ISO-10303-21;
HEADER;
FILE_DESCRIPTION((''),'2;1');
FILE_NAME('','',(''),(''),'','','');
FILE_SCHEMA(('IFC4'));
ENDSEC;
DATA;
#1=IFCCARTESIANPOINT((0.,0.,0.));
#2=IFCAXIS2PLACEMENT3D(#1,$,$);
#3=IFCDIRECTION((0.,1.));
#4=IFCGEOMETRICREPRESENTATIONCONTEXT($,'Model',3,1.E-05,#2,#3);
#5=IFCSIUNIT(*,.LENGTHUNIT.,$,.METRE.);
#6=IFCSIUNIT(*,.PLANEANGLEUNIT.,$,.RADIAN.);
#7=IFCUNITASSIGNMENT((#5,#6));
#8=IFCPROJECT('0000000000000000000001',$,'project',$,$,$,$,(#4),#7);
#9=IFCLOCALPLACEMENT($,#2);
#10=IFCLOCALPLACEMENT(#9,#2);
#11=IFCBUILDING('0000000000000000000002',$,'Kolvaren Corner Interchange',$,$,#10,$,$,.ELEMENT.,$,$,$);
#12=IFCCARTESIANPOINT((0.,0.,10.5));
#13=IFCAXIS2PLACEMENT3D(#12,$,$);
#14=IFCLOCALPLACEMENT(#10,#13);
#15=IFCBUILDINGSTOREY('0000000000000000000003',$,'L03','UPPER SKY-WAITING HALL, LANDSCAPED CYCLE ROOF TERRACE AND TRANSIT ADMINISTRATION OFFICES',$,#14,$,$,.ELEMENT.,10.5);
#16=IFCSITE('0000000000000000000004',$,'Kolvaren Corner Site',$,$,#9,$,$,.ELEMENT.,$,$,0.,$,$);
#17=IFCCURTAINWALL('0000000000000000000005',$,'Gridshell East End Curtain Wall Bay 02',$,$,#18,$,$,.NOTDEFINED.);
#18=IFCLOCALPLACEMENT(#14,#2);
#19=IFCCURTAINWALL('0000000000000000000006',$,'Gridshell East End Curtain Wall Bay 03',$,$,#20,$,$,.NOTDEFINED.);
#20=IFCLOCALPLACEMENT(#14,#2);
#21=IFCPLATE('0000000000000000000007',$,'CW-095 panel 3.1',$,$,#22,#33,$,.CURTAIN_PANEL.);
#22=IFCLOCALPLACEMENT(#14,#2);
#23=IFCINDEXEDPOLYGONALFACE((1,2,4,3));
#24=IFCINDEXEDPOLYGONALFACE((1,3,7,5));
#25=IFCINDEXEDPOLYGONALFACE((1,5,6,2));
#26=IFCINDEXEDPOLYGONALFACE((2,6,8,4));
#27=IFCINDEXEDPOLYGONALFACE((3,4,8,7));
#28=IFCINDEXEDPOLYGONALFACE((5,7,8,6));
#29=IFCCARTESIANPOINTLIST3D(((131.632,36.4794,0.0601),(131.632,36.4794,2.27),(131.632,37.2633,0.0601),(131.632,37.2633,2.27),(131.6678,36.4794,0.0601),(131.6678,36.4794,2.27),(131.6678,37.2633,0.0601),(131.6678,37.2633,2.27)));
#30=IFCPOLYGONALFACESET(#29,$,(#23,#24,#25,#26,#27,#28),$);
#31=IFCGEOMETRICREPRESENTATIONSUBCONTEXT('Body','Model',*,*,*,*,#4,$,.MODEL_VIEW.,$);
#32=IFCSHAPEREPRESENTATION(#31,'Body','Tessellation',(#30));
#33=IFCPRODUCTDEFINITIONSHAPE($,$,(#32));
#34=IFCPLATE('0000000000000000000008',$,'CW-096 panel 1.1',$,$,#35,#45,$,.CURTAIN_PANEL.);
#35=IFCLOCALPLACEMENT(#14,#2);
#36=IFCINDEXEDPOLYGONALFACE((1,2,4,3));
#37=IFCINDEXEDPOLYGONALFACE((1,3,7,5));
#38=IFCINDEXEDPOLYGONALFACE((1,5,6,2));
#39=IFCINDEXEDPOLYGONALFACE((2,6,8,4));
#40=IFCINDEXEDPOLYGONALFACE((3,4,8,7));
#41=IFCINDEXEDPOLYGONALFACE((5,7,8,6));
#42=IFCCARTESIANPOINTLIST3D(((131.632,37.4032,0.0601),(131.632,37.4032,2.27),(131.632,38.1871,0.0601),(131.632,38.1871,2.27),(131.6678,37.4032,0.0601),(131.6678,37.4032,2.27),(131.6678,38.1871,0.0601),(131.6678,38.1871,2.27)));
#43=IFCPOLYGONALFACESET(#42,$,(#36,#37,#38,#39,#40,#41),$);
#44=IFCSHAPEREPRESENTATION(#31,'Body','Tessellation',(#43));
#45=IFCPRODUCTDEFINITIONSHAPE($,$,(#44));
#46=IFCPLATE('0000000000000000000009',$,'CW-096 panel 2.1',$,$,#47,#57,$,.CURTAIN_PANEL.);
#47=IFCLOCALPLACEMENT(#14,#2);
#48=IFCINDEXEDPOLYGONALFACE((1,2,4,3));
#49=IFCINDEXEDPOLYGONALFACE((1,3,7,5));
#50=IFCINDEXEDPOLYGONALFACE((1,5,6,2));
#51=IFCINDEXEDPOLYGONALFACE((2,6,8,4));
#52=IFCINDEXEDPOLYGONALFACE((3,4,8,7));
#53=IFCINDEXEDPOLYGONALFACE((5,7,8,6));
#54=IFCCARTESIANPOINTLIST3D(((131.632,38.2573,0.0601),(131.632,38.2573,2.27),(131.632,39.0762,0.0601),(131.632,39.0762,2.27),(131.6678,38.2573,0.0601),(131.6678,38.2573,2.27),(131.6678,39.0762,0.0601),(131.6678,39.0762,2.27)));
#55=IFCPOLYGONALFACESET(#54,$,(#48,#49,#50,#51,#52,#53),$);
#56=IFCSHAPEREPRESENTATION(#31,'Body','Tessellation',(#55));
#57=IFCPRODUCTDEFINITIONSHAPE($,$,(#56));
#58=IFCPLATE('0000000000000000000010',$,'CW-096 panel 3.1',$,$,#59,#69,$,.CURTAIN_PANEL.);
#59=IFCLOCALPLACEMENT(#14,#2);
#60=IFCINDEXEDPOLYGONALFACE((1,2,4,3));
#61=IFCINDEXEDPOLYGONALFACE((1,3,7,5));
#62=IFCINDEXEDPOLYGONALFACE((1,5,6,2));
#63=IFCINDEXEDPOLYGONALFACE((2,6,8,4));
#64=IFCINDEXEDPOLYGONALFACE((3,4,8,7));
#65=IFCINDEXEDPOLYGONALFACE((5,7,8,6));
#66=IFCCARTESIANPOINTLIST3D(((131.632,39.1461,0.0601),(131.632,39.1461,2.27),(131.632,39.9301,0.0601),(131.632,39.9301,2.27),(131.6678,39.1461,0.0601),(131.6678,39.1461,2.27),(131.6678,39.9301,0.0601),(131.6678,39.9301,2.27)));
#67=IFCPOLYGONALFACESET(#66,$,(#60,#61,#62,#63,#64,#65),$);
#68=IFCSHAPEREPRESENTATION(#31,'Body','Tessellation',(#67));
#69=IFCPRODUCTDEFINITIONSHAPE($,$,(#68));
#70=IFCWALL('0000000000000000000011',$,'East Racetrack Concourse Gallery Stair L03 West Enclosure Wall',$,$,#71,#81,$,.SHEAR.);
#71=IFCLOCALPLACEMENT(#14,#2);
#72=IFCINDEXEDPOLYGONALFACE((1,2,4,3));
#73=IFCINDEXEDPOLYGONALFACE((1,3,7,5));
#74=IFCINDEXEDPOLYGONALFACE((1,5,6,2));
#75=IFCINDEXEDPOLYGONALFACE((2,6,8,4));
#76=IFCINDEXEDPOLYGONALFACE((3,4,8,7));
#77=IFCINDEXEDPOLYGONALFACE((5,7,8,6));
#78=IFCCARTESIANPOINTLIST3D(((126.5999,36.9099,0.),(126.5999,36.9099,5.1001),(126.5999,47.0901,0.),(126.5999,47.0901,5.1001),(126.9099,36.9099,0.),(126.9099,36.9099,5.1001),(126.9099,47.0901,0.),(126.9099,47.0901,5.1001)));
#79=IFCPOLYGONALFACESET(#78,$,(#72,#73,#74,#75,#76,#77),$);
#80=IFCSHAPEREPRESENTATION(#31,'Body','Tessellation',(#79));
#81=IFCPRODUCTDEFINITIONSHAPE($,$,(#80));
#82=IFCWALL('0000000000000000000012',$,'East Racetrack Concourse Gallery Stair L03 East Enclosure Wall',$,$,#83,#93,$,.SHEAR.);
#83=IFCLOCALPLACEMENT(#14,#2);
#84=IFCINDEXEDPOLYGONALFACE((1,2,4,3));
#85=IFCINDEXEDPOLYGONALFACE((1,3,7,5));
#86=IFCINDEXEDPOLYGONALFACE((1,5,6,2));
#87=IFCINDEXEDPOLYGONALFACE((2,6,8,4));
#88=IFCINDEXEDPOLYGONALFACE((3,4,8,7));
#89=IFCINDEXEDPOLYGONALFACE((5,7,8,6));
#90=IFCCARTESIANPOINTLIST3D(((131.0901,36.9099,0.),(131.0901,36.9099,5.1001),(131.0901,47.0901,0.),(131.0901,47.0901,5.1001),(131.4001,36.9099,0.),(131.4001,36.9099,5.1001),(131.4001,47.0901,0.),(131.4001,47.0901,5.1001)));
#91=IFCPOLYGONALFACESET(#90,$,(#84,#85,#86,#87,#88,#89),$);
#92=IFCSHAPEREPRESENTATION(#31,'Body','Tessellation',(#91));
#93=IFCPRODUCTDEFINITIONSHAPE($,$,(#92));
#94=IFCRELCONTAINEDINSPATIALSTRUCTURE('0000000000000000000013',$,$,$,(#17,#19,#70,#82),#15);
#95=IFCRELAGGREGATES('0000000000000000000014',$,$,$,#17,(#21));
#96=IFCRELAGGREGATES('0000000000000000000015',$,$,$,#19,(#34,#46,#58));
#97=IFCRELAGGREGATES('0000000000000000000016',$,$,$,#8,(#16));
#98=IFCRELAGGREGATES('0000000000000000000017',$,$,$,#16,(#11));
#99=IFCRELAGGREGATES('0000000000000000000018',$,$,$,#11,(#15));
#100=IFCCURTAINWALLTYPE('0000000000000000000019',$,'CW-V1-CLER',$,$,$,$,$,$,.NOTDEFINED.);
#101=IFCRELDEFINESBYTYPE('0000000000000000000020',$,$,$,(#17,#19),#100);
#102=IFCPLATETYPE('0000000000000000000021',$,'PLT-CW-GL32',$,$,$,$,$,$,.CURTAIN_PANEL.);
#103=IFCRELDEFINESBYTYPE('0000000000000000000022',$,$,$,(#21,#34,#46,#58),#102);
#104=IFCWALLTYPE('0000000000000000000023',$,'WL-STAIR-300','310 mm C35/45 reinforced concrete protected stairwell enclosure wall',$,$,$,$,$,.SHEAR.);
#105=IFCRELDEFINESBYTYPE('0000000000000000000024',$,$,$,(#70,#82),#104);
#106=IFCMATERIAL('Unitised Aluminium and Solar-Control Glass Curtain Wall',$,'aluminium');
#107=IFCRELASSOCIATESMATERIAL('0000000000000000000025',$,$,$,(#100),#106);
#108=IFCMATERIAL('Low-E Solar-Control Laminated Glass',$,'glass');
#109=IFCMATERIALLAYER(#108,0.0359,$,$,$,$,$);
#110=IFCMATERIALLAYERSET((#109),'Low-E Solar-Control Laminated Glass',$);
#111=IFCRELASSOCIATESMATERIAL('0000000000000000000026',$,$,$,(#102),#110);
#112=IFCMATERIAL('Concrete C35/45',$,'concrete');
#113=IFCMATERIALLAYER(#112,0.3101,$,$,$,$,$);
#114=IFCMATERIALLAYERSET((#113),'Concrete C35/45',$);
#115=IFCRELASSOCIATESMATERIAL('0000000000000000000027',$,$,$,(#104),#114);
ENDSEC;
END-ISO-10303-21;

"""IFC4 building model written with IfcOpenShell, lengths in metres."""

from ifc_helpers import new_model, si_unit, direction, frame, frame_2d, origin, origin_2d, place, context, subcontext, project, spatial, rectangle, extrude, material, layer, layer_set, type_object, element, aggregate, save


model = new_model("IFC4")

# Units and contexts
model_context = context("Model", 3, precision=1e-05, world=origin(), true_north=direction((0.0, 1.0)))
body_context = subcontext(model_context, "Body", "Model", "MODEL_VIEW")
ifc_project = project(units=[si_unit("LENGTHUNIT", "METRE"), si_unit("PLANEANGLEUNIT", "RADIAN")], contexts=[model_context])

# Site, building, storey
site_placement = place(None, origin())
site = spatial("IfcSite", under=ifc_project, at=site_placement, Name="Kolvaren Corner Site", CompositionType="ELEMENT", RefElevation=0.0)
building_placement = place(site_placement, origin())
building = spatial("IfcBuilding", under=site, at=building_placement, Name="Kolvaren Corner Interchange", CompositionType="ELEMENT")
storey_placement = place(building_placement, frame((0.0, 0.0, 10.5)))
storey = spatial("IfcBuildingStorey", under=building, at=storey_placement, Name="L03", Description="UPPER SKY-WAITING HALL, LANDSCAPED CYCLE ROOF TERRACE AND TRANSIT ADMINISTRATION OFFICES", CompositionType="ELEMENT", Elevation=10.5)

# Curtain walls
ifc_material_1 = material(Name="Unitised Aluminium and Solar-Control Glass Curtain Wall", Category="aluminium")
curtain_wall_type = type_object("IfcCurtainWallType", Name="CW-V1-CLER", PredefinedType="NOTDEFINED", material=ifc_material_1)
curtain_wall_1_placement = place(storey_placement, origin())
curtain_wall_1 = element("IfcCurtainWall", 1, at=curtain_wall_1_placement, inside=storey, type_object=curtain_wall_type, Name="Gridshell East End Curtain Wall Bay 02", PredefinedType="NOTDEFINED")
curtain_wall_2_placement = place(storey_placement, origin())
curtain_wall_2 = element("IfcCurtainWall", 2, at=curtain_wall_2_placement, inside=storey, type_object=curtain_wall_type, Name="Gridshell East End Curtain Wall Bay 03", PredefinedType="NOTDEFINED")

# Plates
ifc_material_2 = material(Name="Low-E Solar-Control Laminated Glass", Category="glass")
ifc_layer_1 = layer(ifc_material_2, 0.0359)
ifc_layer_set_1 = layer_set([ifc_layer_1], Name="Low-E Solar-Control Laminated Glass")
plate_type = type_object("IfcPlateType", Name="PLT-CW-GL32", PredefinedType="CURTAIN_PANEL", material=ifc_layer_set_1)
plate_1_placement = place(storey_placement, frame((131.6499, 36.8713, 0.0601), z_axis=(0.0, 0.0, 1.0), x_axis=(0.0, 1.0, 0.0)))
plate_1 = element("IfcPlate", 3, at=plate_1_placement, type_object=plate_type, Name="CW-095 panel 3.1", PredefinedType="CURTAIN_PANEL", context=body_context, shape_type="SweptSolid", body=[
    extrude(rectangle(XDim=0.7839, YDim=0.0359, at=origin_2d()), origin(), (0.0, 0.0, 1.0), 2.21),
])
aggregate(curtain_wall_1, [plate_1])
plate_2_placement = place(storey_placement, frame((131.6499, 37.7952, 0.0601), z_axis=(0.0, 0.0, 1.0), x_axis=(0.0, 1.0, 0.0)))
plate_2 = element("IfcPlate", 4, at=plate_2_placement, type_object=plate_type, Name="CW-096 panel 1.1", PredefinedType="CURTAIN_PANEL", context=body_context, shape_type="SweptSolid", body=[
    extrude(rectangle(XDim=0.7839, YDim=0.0359, at=origin_2d()), origin(), (0.0, 0.0, 1.0), 2.21),
])
plate_3_placement = place(storey_placement, frame((131.6499, 38.6667, 0.0601), z_axis=(0.0, 0.0, 1.0), x_axis=(0.0, 1.0, 0.0)))
plate_3 = element("IfcPlate", 5, at=plate_3_placement, type_object=plate_type, Name="CW-096 panel 2.1", PredefinedType="CURTAIN_PANEL", context=body_context, shape_type="SweptSolid", body=[
    extrude(rectangle(XDim=0.8188, YDim=0.0359, at=origin_2d()), origin(), (0.0, 0.0, 1.0), 2.21),
])
plate_4_placement = place(storey_placement, frame((131.6499, 39.5381, 0.0601), z_axis=(0.0, 0.0, 1.0), x_axis=(0.0, 1.0, 0.0)))
plate_4 = element("IfcPlate", 6, at=plate_4_placement, type_object=plate_type, Name="CW-096 panel 3.1", PredefinedType="CURTAIN_PANEL", context=body_context, shape_type="SweptSolid", body=[
    extrude(rectangle(XDim=0.7839, YDim=0.0359, at=origin_2d()), origin(), (0.0, 0.0, 1.0), 2.21),
])
aggregate(curtain_wall_2, [plate_2, plate_3, plate_4])

# Shared definitions
ifc_material_3 = material(Name="Concrete C35/45", Category="concrete")
ifc_layer_2 = layer(ifc_material_3, 0.3101)
ifc_layer_set_2 = layer_set([ifc_layer_2], Name="Concrete C35/45")
wall_type = type_object("IfcWallType", Name="WL-STAIR-300", Description="310 mm C35/45 reinforced concrete protected stairwell enclosure wall", PredefinedType="SHEAR", material=ifc_layer_set_2)

# Walls
for number, where, z_axis, x_axis, name in (
    (7, (126.7549, 36.9099, 0.0), (0.0, 0.0, 1.0), (0.0, 1.0, 0.0), "East Racetrack Concourse Gallery Stair L03 West Enclosure Wall"),
    (8, (131.2451, 36.9099, 0.0), (0.0, 0.0, 1.0), (0.0, 1.0, 0.0), "East Racetrack Concourse Gallery Stair L03 East Enclosure Wall"),
):
    element("IfcWall", number, at=place(storey_placement, frame(where, z_axis=z_axis, x_axis=x_axis)), inside=storey, type_object=wall_type, Name=name, PredefinedType="SHEAR", context=body_context, shape_type="SweptSolid", body=[
        extrude(rectangle(XDim=10.1802, YDim=0.3101, at=frame_2d((5.0901, 0.0))), origin(), (0.0, 0.0, 1.0), 5.1001),
    ])

save(model, "model.ifc")
